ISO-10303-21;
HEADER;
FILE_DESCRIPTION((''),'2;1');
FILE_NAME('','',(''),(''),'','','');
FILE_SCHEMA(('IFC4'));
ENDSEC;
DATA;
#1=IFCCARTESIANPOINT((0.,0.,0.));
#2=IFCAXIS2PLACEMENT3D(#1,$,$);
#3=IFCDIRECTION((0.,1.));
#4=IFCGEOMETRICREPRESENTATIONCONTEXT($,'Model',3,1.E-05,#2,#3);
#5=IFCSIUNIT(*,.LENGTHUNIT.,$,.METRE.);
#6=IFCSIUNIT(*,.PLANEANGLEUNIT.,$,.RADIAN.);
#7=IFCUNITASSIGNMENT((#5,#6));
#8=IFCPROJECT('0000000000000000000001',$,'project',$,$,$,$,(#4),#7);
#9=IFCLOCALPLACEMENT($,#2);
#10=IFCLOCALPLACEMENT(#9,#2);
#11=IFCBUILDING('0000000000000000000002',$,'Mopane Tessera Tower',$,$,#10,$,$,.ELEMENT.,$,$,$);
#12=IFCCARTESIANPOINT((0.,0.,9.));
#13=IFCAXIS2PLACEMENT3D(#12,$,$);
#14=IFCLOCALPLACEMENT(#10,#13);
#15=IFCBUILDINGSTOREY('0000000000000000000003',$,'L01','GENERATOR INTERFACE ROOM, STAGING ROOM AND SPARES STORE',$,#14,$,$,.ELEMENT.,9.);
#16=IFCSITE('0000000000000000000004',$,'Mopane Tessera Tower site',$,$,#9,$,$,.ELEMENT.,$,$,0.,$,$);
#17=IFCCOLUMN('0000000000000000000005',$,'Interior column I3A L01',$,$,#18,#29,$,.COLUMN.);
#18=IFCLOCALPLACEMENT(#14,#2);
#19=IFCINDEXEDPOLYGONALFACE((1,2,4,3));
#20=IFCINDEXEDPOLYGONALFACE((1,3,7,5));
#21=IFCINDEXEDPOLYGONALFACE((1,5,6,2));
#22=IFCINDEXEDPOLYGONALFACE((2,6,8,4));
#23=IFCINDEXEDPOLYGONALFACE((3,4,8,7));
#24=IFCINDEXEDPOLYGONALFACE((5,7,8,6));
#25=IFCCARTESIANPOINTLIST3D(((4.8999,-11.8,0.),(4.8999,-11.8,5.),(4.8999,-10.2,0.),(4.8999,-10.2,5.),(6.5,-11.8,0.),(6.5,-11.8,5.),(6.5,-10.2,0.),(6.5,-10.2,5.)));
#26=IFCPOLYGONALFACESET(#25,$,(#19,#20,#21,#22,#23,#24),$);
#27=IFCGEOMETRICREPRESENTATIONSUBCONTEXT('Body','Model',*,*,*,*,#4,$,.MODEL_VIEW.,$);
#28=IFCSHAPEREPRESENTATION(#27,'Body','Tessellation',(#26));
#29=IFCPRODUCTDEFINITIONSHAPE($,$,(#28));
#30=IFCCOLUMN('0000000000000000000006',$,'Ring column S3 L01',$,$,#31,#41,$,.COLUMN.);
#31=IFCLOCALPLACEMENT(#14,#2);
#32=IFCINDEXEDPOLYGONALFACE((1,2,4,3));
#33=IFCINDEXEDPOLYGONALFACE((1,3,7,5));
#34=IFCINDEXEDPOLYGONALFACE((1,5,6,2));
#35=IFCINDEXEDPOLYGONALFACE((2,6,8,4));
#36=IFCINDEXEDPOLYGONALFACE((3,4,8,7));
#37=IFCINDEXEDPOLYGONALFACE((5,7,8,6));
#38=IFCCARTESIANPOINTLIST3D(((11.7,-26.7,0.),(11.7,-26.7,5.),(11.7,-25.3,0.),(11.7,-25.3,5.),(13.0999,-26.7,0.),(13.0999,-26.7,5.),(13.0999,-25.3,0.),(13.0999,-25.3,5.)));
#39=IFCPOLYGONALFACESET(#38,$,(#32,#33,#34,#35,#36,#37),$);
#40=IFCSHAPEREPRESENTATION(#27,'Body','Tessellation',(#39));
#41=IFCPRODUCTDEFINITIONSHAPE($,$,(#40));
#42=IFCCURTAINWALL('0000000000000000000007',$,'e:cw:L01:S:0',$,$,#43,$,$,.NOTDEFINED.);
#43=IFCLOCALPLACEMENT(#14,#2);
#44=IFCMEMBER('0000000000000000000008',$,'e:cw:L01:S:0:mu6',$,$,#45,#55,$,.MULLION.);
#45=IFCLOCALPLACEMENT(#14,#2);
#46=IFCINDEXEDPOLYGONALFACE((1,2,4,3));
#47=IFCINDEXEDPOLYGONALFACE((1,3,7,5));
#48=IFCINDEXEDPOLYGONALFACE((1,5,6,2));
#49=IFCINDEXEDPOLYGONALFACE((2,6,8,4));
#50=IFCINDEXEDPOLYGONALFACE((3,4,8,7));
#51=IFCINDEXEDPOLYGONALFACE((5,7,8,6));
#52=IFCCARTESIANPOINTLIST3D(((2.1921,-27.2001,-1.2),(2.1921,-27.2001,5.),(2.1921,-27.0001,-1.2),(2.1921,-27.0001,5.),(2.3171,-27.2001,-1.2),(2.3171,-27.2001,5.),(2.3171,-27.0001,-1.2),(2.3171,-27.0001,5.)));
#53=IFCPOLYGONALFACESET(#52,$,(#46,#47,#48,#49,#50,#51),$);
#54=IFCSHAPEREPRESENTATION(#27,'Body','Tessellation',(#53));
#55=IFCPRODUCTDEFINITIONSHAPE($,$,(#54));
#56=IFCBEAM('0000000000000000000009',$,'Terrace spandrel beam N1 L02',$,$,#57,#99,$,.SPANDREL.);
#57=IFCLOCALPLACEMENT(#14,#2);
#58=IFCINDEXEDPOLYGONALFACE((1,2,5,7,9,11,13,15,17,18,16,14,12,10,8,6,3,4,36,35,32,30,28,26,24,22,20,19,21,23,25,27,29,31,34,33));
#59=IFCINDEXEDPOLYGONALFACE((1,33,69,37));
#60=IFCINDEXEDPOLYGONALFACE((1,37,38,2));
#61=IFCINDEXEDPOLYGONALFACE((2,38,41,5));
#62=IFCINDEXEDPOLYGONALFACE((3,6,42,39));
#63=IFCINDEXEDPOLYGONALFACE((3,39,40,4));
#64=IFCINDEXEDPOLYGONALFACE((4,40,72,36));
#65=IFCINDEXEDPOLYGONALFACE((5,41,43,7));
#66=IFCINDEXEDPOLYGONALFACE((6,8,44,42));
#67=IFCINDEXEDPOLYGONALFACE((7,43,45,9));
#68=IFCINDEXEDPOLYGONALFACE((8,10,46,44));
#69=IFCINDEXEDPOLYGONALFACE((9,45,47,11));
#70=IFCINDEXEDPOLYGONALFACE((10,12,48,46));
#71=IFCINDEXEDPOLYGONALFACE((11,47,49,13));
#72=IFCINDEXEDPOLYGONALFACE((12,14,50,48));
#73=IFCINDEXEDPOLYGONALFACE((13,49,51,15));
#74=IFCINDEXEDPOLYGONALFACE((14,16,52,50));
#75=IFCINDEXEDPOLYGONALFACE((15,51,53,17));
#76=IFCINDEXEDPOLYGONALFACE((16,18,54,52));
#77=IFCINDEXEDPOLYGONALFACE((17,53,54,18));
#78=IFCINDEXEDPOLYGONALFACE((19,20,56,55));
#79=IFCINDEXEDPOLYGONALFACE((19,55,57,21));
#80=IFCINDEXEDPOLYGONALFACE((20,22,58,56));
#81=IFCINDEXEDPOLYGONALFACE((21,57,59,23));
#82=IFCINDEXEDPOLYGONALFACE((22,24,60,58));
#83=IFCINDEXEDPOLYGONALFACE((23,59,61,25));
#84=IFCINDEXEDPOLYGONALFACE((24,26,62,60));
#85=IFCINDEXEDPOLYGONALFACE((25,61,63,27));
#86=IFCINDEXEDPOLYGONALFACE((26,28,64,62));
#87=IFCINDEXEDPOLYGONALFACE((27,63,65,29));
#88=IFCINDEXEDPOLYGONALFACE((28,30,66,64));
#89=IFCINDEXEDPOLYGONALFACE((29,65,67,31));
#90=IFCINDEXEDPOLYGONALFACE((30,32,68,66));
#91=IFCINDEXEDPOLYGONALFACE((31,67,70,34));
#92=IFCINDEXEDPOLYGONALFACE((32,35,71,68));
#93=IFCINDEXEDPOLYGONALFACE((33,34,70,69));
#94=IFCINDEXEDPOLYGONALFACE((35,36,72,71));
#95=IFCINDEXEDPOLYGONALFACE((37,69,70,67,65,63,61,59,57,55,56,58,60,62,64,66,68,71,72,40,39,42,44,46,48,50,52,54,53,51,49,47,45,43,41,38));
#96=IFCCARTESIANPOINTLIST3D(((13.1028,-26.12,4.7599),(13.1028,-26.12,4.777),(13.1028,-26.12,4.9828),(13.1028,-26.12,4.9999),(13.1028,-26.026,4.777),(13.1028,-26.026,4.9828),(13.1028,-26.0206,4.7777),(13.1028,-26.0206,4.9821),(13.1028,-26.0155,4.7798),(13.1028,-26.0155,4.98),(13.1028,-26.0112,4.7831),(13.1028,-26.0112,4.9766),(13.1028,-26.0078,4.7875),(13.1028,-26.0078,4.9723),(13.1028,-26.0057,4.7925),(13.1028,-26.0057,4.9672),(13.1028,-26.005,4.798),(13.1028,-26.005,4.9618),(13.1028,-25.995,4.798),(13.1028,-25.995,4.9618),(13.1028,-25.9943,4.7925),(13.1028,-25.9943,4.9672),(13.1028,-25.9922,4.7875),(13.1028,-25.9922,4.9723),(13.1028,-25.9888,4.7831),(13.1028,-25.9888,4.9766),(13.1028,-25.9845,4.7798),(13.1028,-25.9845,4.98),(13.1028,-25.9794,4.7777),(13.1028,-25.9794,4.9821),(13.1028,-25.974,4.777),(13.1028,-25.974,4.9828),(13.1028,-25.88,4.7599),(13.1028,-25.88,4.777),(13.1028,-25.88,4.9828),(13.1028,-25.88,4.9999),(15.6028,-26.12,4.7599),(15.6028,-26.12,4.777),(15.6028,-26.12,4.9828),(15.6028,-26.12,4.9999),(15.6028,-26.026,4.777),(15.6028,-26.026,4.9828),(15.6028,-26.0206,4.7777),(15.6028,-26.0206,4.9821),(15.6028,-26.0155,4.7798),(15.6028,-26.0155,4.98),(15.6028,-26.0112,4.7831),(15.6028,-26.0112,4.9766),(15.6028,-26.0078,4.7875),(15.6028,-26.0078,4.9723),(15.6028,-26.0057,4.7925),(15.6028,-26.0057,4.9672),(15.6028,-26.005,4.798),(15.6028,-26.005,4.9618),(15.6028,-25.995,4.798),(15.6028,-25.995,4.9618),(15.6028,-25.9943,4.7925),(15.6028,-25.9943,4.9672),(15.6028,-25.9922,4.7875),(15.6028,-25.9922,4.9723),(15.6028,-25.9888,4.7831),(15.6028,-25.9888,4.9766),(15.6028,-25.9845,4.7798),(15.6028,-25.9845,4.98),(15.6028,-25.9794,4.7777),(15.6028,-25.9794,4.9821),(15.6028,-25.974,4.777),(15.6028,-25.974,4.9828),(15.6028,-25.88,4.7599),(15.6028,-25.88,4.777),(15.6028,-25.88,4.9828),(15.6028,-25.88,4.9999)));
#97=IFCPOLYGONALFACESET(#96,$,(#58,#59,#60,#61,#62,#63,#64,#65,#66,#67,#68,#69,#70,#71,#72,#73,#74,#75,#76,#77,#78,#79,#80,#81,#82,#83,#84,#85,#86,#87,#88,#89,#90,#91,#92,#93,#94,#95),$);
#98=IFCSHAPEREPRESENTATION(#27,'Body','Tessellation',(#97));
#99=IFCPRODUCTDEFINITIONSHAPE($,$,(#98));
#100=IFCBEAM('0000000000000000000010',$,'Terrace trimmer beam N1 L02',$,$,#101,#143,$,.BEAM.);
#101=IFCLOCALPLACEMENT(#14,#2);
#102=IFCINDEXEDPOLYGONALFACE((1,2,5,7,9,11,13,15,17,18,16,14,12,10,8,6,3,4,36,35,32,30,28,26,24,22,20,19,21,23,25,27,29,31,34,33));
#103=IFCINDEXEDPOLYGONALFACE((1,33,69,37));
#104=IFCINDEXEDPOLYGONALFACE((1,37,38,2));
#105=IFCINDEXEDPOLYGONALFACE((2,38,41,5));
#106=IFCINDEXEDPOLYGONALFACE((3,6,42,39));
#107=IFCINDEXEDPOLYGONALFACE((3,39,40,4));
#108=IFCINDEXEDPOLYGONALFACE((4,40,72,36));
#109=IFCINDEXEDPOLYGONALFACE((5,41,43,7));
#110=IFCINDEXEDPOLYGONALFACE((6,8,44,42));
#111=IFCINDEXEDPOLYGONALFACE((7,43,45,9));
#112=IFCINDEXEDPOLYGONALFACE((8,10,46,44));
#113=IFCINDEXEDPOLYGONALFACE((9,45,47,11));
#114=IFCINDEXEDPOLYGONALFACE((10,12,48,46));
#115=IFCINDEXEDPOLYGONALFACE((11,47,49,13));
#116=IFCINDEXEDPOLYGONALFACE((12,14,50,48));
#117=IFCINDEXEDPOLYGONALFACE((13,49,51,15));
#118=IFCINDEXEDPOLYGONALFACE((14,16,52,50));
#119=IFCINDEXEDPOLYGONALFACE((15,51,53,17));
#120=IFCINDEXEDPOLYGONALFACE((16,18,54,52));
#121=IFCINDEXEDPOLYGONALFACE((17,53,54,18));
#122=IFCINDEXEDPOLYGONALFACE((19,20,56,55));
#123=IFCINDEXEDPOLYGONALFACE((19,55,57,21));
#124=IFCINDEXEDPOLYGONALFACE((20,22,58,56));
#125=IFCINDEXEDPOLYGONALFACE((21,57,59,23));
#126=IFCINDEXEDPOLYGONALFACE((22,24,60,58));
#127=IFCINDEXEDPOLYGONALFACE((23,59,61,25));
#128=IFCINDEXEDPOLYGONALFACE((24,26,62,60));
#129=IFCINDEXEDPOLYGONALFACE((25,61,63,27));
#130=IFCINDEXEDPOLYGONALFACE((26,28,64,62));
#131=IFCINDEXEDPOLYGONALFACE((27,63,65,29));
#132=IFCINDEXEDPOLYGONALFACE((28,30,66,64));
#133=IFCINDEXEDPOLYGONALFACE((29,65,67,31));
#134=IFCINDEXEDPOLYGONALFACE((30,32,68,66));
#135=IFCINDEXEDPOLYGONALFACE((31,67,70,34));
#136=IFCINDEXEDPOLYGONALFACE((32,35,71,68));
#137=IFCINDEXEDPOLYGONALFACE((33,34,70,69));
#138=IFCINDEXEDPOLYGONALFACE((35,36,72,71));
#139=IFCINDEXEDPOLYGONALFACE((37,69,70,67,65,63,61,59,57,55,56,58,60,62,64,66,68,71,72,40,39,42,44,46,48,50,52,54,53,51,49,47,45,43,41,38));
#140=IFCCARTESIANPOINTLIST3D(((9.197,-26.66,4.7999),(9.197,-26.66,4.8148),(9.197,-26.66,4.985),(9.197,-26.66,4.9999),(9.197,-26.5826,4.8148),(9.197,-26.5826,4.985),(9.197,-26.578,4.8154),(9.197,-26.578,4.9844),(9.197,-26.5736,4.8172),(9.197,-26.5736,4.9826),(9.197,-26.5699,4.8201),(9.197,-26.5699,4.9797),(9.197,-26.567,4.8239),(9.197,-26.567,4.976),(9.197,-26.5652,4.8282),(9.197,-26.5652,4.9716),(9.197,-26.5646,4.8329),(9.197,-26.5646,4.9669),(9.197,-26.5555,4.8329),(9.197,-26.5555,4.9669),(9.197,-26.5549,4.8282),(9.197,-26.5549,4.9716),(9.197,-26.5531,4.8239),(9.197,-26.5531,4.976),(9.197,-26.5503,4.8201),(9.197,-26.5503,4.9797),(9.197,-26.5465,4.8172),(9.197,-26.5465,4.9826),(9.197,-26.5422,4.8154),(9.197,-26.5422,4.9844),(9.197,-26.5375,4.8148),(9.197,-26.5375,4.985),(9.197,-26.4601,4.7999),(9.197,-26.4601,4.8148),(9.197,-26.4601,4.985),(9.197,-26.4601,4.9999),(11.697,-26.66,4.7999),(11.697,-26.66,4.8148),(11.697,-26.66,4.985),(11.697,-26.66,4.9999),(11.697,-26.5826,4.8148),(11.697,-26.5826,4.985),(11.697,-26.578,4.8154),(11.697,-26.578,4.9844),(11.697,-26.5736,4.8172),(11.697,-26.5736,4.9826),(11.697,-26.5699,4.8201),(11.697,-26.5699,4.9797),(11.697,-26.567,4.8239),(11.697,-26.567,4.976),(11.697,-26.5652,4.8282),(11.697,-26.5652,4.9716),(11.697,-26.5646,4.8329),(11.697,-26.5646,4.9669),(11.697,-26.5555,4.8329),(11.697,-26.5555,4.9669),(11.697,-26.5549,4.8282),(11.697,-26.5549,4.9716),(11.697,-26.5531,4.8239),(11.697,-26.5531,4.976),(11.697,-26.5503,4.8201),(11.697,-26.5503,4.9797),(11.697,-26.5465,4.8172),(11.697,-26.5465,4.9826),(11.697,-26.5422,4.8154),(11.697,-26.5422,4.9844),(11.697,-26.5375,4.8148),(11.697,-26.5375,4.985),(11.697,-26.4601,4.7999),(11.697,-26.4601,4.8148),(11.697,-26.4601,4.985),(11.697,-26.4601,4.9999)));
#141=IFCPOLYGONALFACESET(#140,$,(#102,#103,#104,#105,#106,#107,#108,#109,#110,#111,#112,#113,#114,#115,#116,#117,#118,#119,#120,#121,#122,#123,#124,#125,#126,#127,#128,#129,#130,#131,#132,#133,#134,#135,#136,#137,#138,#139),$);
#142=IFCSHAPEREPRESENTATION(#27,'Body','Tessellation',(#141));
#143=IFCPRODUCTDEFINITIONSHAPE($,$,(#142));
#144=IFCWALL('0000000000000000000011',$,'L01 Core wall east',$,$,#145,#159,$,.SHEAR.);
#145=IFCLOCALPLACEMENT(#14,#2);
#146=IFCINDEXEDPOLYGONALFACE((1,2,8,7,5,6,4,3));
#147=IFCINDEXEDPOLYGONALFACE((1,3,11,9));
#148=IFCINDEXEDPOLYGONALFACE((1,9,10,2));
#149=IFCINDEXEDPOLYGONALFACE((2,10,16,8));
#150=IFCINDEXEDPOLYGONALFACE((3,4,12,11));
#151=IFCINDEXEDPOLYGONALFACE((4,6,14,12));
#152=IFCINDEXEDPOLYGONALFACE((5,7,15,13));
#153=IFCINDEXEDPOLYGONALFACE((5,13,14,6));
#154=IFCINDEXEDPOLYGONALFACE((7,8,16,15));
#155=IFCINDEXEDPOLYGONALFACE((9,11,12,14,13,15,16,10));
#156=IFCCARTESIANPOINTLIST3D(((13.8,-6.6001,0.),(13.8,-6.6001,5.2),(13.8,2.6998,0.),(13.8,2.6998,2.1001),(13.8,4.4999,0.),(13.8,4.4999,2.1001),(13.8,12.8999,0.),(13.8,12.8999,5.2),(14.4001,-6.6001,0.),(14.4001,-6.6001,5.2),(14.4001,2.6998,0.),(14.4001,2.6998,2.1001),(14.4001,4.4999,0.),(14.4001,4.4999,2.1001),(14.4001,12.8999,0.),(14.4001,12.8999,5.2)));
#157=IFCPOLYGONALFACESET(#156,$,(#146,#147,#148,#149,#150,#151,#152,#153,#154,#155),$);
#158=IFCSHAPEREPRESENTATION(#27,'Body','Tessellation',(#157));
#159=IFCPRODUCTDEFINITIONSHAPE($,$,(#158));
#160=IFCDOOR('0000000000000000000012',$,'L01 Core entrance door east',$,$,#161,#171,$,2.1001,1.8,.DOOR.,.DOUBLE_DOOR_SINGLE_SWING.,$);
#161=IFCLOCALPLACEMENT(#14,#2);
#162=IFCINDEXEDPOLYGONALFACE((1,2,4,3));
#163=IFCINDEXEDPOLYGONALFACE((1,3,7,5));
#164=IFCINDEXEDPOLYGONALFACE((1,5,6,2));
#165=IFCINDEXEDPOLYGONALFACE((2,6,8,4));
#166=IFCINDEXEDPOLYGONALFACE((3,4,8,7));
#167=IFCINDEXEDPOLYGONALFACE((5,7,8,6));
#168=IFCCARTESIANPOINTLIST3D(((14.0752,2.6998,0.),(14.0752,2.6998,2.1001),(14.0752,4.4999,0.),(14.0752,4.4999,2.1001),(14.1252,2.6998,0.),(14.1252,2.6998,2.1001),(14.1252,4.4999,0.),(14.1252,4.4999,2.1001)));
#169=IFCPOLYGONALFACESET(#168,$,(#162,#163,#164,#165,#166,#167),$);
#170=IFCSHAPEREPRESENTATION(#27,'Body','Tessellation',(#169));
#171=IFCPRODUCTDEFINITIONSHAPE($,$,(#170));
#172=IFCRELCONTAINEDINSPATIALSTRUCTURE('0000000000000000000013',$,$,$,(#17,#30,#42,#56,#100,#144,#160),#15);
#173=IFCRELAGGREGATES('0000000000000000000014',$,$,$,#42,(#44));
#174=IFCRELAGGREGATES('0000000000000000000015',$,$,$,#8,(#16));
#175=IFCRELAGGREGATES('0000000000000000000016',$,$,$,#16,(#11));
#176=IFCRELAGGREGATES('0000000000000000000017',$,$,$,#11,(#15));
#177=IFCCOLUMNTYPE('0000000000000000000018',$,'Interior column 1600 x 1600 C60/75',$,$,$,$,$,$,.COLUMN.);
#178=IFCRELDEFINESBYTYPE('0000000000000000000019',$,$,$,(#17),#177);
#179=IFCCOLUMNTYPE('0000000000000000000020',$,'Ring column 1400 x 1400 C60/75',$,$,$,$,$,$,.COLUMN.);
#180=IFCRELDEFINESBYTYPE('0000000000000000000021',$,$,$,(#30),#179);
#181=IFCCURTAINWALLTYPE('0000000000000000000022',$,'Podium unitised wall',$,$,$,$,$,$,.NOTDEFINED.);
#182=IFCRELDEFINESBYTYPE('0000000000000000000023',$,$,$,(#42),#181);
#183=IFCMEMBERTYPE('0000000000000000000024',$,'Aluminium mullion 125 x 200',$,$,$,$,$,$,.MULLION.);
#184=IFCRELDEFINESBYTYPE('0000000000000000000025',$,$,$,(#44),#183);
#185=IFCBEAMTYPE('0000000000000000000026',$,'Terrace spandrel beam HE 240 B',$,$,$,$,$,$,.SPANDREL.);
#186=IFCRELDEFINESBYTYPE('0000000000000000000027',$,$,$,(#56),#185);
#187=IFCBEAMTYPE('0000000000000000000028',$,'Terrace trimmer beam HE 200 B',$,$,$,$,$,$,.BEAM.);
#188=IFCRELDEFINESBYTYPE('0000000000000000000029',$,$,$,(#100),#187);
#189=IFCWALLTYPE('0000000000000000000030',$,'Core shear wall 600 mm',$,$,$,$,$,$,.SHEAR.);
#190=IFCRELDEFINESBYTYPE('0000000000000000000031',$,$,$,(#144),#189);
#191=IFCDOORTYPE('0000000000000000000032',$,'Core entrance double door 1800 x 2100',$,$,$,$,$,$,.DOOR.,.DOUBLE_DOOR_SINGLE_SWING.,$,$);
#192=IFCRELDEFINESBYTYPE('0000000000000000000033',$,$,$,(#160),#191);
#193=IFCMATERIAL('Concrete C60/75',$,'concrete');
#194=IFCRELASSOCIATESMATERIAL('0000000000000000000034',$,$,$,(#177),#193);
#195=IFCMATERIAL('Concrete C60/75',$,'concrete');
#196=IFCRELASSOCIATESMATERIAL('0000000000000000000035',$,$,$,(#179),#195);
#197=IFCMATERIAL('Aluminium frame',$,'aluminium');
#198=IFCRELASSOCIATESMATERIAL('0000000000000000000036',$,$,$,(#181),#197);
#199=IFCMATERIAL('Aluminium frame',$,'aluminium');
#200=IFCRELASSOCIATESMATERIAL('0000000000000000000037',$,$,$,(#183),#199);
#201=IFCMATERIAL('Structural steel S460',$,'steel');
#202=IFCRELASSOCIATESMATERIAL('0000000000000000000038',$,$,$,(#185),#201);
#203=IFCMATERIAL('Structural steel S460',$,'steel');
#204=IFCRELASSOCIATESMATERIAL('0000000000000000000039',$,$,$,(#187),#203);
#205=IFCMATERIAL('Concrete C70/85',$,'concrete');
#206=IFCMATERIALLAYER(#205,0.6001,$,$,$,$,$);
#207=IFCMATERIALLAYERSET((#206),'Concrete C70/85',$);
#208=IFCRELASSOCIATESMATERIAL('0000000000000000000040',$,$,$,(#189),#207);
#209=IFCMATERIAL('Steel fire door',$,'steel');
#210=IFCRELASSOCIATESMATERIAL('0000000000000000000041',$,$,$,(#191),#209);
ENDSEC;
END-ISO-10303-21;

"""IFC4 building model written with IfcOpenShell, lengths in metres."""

from ifc_helpers import new_model, si_unit, direction, frame, frame_2d, origin, origin_2d, place, context, subcontext, project, spatial, rectangle, i_section, extrude, material, layer, layer_set, material_profile, profile_set, type_object, element, fill, aggregate, save


model = new_model("IFC4")

# Units and contexts
model_context = context("Model", 3, precision=1e-05, world=origin(), true_north=direction((0.0, 1.0)))
body_context = subcontext(model_context, "Body", "Model", "MODEL_VIEW")
ifc_project = project(units=[si_unit("LENGTHUNIT", "METRE"), si_unit("PLANEANGLEUNIT", "RADIAN")], contexts=[model_context])

# Site, building, storey
site_placement = place(None, origin())
site = spatial("IfcSite", under=ifc_project, at=site_placement, Name="Mopane Tessera Tower site", CompositionType="ELEMENT", RefElevation=0.0)
building_placement = place(site_placement, origin())
building = spatial("IfcBuilding", under=site, at=building_placement, Name="Mopane Tessera Tower", CompositionType="ELEMENT")
storey_placement = place(building_placement, frame((0.0, 0.0, 9.0)))
storey = spatial("IfcBuildingStorey", under=building, at=storey_placement, Name="L01", Description="GENERATOR INTERFACE ROOM, STAGING ROOM AND SPARES STORE", CompositionType="ELEMENT", Elevation=9.0)

# Columns
ifc_material_1 = material(Name="Concrete C60/75", Category="concrete")
ifc_material_profile_1 = material_profile(ifc_material_1, rectangle(XDim=1.6001, YDim=1.6001, at=origin_2d()))
ifc_profile_set_1 = profile_set([ifc_material_profile_1], Name="Concrete C60/75")
column_type_1 = type_object("IfcColumnType", Name="Interior column 1600 x 1600 C60/75", PredefinedType="COLUMN", material=ifc_profile_set_1)
column_1_placement = place(storey_placement, frame((5.7, -11.0, 0.0), z_axis=(0.0, 0.0, 1.0), x_axis=(1.0, 0.0, 0.0)))
element("IfcColumn", 1, at=column_1_placement, inside=storey, type_object=column_type_1, Name="Interior column I3A L01", PredefinedType="COLUMN", context=body_context, shape_type="SweptSolid", body=[
    extrude(rectangle(XDim=1.6001, YDim=1.6001, at=origin_2d()), origin(), (0.0, 0.0, 1.0), 5.0),
])
ifc_material_2 = material(Name="Concrete C60/75", Category="concrete")
ifc_material_profile_2 = material_profile(ifc_material_2, rectangle(XDim=1.3999, YDim=1.3999, at=origin_2d()))
ifc_profile_set_2 = profile_set([ifc_material_profile_2], Name="Concrete C60/75")
column_type_2 = type_object("IfcColumnType", Name="Ring column 1400 x 1400 C60/75", PredefinedType="COLUMN", material=ifc_profile_set_2)
column_2_placement = place(storey_placement, frame((12.3999, -26.0, 0.0), z_axis=(0.0, 0.0, 1.0), x_axis=(1.0, 0.0, 0.0)))
element("IfcColumn", 2, at=column_2_placement, inside=storey, type_object=column_type_2, Name="Ring column S3 L01", PredefinedType="COLUMN", context=body_context, shape_type="SweptSolid", body=[
    extrude(rectangle(XDim=1.3999, YDim=1.3999, at=origin_2d()), origin(), (0.0, 0.0, 1.0), 5.0),
])

# Curtain wall, member
ifc_material_3 = material(Name="Aluminium frame", Category="aluminium")
curtain_wall_type = type_object("IfcCurtainWallType", Name="Podium unitised wall", PredefinedType="NOTDEFINED", material=ifc_material_3)
curtain_wall_placement = place(storey_placement, origin())
curtain_wall = element("IfcCurtainWall", 3, at=curtain_wall_placement, inside=storey, type_object=curtain_wall_type, Name="e:cw:L01:S:0", PredefinedType="NOTDEFINED")
ifc_material_4 = material(Name="Aluminium frame", Category="aluminium")
ifc_material_profile_3 = material_profile(ifc_material_4, rectangle(XDim=0.125, YDim=0.2, at=origin_2d()))
ifc_profile_set_3 = profile_set([ifc_material_profile_3], Name="Aluminium frame")
member_type = type_object("IfcMemberType", Name="Aluminium mullion 125 x 200", PredefinedType="MULLION", material=ifc_profile_set_3)
member_placement = place(storey_placement, frame((2.2546, -27.1001, -1.2), z_axis=(0.0, 0.0, 1.0), x_axis=(1.0, 0.0, 0.0)))
member = element("IfcMember", 4, at=member_placement, type_object=member_type, Name="e:cw:L01:S:0:mu6", PredefinedType="MULLION", context=body_context, shape_type="SweptSolid", body=[
    extrude(rectangle(XDim=0.125, YDim=0.2, at=origin_2d()), origin(), (0.0, 0.0, 1.0), 6.2),
])
aggregate(curtain_wall, [member])

# Beams
ifc_material_5 = material(Name="Structural steel S460", Category="steel")
ifc_material_profile_4 = material_profile(ifc_material_5, i_section(OverallWidth=0.24, OverallDepth=0.24, WebThickness=0.01, FlangeThickness=0.0171, FilletRadius=0.021, at=origin_2d()))
ifc_profile_set_4 = profile_set([ifc_material_profile_4], Name="Structural steel S460")
beam_type_1 = type_object("IfcBeamType", Name="Terrace spandrel beam HE 240 B", PredefinedType="SPANDREL", material=ifc_profile_set_4)
beam_1_placement = place(storey_placement, frame((13.1028, -26.0, 4.8799), z_axis=(1.0, 0.0, 0.0), x_axis=(0.0, 1.0, 0.0)))
element("IfcBeam", 5, at=beam_1_placement, inside=storey, type_object=beam_type_1, Name="Terrace spandrel beam N1 L02", PredefinedType="SPANDREL", context=body_context, shape_type="SweptSolid", body=[
    extrude(i_section(OverallWidth=0.24, OverallDepth=0.24, WebThickness=0.01, FlangeThickness=0.0171, FilletRadius=0.021, at=origin_2d()), origin(), (0.0, 0.0, 1.0), 2.5),
])
ifc_material_6 = material(Name="Structural steel S460", Category="steel")
ifc_material_profile_5 = material_profile(ifc_material_6, i_section(OverallWidth=0.2, OverallDepth=0.2, WebThickness=0.009, FlangeThickness=0.0149, FilletRadius=0.0181, at=origin_2d()))
ifc_profile_set_5 = profile_set([ifc_material_profile_5], Name="Structural steel S460")
beam_type_2 = type_object("IfcBeamType", Name="Terrace trimmer beam HE 200 B", PredefinedType="BEAM", material=ifc_profile_set_5)
beam_2_placement = place(storey_placement, frame((11.697, -26.5601, 4.8999), z_axis=(-1.0, 0.0, 0.0), x_axis=(0.0, -1.0, 0.0)))
element("IfcBeam", 6, at=beam_2_placement, inside=storey, type_object=beam_type_2, Name="Terrace trimmer beam N1 L02", PredefinedType="BEAM", context=body_context, shape_type="SweptSolid", body=[
    extrude(i_section(OverallWidth=0.2, OverallDepth=0.2, WebThickness=0.009, FlangeThickness=0.0149, FilletRadius=0.0181, at=origin_2d()), origin(), (0.0, 0.0, 1.0), 2.5),
])

# Wall, opening, door
ifc_material_7 = material(Name="Concrete C70/85", Category="concrete")
ifc_layer_1 = layer(ifc_material_7, 0.6001)
ifc_layer_set_1 = layer_set([ifc_layer_1], Name="Concrete C70/85")
wall_type_1 = type_object("IfcWallType", Name="Core shear wall 600 mm", PredefinedType="SHEAR", material=ifc_layer_set_1)
wall_1_placement = place(storey_placement, frame((14.1001, -6.6001, 0.0), z_axis=(0.0, 0.0, 1.0), x_axis=(0.0, 1.0, 0.0)))
wall_1 = element("IfcWall", 7, at=wall_1_placement, inside=storey, type_object=wall_type_1, Name="L01 Core wall east", PredefinedType="SHEAR", context=body_context, shape_type="SweptSolid", body=[
    extrude(rectangle(XDim=19.5, YDim=0.6001, at=frame_2d((9.75, 0.0))), origin(), (0.0, 0.0, 1.0), 5.2),
])
opening_1_placement = place(wall_1_placement, frame((9.3, 0.0, 0.0)))
opening_1 = element("IfcOpeningElement", 8, at=opening_1_placement, cuts=wall_1, PredefinedType="OPENING", context=body_context, shape_type="SweptSolid", body=[
    extrude(rectangle(XDim=1.8, YDim=2.1001, at=frame_2d((0.8999, 1.05))), frame((0.0, 0.312, 0.0), z_axis=(0.0, -1.0, 0.0), x_axis=(1.0, 0.0, 0.0)), (0.0, 0.0, 1.0), 0.624),
])
ifc_material_8 = material(Name="Steel fire door", Category="steel")
door_type_1 = type_object("IfcDoorType", Name="Core entrance double door 1800 x 2100", OperationType="DOUBLE_DOOR_SINGLE_SWING", PredefinedType="DOOR", material=ifc_material_8)
door_1_placement = place(opening_1_placement, origin())
door_1 = element("IfcDoor", 9, at=door_1_placement, inside=storey, type_object=door_type_1, Name="L01 Core entrance door east", OperationType="DOUBLE_DOOR_SINGLE_SWING", OverallHeight=2.1001, OverallWidth=1.8, PredefinedType="DOOR", context=body_context, shape_type="SweptSolid", body=[
    extrude(rectangle(XDim=1.8, YDim=2.1001, at=frame_2d((0.8999, 1.05))), frame((0.0, 0.0249, 0.0), z_axis=(0.0, -1.0, 0.0), x_axis=(1.0, 0.0, 0.0)), (0.0, 0.0, 1.0), 0.05),
])
fill(opening_1, door_1)

save(model, "model.ifc")
